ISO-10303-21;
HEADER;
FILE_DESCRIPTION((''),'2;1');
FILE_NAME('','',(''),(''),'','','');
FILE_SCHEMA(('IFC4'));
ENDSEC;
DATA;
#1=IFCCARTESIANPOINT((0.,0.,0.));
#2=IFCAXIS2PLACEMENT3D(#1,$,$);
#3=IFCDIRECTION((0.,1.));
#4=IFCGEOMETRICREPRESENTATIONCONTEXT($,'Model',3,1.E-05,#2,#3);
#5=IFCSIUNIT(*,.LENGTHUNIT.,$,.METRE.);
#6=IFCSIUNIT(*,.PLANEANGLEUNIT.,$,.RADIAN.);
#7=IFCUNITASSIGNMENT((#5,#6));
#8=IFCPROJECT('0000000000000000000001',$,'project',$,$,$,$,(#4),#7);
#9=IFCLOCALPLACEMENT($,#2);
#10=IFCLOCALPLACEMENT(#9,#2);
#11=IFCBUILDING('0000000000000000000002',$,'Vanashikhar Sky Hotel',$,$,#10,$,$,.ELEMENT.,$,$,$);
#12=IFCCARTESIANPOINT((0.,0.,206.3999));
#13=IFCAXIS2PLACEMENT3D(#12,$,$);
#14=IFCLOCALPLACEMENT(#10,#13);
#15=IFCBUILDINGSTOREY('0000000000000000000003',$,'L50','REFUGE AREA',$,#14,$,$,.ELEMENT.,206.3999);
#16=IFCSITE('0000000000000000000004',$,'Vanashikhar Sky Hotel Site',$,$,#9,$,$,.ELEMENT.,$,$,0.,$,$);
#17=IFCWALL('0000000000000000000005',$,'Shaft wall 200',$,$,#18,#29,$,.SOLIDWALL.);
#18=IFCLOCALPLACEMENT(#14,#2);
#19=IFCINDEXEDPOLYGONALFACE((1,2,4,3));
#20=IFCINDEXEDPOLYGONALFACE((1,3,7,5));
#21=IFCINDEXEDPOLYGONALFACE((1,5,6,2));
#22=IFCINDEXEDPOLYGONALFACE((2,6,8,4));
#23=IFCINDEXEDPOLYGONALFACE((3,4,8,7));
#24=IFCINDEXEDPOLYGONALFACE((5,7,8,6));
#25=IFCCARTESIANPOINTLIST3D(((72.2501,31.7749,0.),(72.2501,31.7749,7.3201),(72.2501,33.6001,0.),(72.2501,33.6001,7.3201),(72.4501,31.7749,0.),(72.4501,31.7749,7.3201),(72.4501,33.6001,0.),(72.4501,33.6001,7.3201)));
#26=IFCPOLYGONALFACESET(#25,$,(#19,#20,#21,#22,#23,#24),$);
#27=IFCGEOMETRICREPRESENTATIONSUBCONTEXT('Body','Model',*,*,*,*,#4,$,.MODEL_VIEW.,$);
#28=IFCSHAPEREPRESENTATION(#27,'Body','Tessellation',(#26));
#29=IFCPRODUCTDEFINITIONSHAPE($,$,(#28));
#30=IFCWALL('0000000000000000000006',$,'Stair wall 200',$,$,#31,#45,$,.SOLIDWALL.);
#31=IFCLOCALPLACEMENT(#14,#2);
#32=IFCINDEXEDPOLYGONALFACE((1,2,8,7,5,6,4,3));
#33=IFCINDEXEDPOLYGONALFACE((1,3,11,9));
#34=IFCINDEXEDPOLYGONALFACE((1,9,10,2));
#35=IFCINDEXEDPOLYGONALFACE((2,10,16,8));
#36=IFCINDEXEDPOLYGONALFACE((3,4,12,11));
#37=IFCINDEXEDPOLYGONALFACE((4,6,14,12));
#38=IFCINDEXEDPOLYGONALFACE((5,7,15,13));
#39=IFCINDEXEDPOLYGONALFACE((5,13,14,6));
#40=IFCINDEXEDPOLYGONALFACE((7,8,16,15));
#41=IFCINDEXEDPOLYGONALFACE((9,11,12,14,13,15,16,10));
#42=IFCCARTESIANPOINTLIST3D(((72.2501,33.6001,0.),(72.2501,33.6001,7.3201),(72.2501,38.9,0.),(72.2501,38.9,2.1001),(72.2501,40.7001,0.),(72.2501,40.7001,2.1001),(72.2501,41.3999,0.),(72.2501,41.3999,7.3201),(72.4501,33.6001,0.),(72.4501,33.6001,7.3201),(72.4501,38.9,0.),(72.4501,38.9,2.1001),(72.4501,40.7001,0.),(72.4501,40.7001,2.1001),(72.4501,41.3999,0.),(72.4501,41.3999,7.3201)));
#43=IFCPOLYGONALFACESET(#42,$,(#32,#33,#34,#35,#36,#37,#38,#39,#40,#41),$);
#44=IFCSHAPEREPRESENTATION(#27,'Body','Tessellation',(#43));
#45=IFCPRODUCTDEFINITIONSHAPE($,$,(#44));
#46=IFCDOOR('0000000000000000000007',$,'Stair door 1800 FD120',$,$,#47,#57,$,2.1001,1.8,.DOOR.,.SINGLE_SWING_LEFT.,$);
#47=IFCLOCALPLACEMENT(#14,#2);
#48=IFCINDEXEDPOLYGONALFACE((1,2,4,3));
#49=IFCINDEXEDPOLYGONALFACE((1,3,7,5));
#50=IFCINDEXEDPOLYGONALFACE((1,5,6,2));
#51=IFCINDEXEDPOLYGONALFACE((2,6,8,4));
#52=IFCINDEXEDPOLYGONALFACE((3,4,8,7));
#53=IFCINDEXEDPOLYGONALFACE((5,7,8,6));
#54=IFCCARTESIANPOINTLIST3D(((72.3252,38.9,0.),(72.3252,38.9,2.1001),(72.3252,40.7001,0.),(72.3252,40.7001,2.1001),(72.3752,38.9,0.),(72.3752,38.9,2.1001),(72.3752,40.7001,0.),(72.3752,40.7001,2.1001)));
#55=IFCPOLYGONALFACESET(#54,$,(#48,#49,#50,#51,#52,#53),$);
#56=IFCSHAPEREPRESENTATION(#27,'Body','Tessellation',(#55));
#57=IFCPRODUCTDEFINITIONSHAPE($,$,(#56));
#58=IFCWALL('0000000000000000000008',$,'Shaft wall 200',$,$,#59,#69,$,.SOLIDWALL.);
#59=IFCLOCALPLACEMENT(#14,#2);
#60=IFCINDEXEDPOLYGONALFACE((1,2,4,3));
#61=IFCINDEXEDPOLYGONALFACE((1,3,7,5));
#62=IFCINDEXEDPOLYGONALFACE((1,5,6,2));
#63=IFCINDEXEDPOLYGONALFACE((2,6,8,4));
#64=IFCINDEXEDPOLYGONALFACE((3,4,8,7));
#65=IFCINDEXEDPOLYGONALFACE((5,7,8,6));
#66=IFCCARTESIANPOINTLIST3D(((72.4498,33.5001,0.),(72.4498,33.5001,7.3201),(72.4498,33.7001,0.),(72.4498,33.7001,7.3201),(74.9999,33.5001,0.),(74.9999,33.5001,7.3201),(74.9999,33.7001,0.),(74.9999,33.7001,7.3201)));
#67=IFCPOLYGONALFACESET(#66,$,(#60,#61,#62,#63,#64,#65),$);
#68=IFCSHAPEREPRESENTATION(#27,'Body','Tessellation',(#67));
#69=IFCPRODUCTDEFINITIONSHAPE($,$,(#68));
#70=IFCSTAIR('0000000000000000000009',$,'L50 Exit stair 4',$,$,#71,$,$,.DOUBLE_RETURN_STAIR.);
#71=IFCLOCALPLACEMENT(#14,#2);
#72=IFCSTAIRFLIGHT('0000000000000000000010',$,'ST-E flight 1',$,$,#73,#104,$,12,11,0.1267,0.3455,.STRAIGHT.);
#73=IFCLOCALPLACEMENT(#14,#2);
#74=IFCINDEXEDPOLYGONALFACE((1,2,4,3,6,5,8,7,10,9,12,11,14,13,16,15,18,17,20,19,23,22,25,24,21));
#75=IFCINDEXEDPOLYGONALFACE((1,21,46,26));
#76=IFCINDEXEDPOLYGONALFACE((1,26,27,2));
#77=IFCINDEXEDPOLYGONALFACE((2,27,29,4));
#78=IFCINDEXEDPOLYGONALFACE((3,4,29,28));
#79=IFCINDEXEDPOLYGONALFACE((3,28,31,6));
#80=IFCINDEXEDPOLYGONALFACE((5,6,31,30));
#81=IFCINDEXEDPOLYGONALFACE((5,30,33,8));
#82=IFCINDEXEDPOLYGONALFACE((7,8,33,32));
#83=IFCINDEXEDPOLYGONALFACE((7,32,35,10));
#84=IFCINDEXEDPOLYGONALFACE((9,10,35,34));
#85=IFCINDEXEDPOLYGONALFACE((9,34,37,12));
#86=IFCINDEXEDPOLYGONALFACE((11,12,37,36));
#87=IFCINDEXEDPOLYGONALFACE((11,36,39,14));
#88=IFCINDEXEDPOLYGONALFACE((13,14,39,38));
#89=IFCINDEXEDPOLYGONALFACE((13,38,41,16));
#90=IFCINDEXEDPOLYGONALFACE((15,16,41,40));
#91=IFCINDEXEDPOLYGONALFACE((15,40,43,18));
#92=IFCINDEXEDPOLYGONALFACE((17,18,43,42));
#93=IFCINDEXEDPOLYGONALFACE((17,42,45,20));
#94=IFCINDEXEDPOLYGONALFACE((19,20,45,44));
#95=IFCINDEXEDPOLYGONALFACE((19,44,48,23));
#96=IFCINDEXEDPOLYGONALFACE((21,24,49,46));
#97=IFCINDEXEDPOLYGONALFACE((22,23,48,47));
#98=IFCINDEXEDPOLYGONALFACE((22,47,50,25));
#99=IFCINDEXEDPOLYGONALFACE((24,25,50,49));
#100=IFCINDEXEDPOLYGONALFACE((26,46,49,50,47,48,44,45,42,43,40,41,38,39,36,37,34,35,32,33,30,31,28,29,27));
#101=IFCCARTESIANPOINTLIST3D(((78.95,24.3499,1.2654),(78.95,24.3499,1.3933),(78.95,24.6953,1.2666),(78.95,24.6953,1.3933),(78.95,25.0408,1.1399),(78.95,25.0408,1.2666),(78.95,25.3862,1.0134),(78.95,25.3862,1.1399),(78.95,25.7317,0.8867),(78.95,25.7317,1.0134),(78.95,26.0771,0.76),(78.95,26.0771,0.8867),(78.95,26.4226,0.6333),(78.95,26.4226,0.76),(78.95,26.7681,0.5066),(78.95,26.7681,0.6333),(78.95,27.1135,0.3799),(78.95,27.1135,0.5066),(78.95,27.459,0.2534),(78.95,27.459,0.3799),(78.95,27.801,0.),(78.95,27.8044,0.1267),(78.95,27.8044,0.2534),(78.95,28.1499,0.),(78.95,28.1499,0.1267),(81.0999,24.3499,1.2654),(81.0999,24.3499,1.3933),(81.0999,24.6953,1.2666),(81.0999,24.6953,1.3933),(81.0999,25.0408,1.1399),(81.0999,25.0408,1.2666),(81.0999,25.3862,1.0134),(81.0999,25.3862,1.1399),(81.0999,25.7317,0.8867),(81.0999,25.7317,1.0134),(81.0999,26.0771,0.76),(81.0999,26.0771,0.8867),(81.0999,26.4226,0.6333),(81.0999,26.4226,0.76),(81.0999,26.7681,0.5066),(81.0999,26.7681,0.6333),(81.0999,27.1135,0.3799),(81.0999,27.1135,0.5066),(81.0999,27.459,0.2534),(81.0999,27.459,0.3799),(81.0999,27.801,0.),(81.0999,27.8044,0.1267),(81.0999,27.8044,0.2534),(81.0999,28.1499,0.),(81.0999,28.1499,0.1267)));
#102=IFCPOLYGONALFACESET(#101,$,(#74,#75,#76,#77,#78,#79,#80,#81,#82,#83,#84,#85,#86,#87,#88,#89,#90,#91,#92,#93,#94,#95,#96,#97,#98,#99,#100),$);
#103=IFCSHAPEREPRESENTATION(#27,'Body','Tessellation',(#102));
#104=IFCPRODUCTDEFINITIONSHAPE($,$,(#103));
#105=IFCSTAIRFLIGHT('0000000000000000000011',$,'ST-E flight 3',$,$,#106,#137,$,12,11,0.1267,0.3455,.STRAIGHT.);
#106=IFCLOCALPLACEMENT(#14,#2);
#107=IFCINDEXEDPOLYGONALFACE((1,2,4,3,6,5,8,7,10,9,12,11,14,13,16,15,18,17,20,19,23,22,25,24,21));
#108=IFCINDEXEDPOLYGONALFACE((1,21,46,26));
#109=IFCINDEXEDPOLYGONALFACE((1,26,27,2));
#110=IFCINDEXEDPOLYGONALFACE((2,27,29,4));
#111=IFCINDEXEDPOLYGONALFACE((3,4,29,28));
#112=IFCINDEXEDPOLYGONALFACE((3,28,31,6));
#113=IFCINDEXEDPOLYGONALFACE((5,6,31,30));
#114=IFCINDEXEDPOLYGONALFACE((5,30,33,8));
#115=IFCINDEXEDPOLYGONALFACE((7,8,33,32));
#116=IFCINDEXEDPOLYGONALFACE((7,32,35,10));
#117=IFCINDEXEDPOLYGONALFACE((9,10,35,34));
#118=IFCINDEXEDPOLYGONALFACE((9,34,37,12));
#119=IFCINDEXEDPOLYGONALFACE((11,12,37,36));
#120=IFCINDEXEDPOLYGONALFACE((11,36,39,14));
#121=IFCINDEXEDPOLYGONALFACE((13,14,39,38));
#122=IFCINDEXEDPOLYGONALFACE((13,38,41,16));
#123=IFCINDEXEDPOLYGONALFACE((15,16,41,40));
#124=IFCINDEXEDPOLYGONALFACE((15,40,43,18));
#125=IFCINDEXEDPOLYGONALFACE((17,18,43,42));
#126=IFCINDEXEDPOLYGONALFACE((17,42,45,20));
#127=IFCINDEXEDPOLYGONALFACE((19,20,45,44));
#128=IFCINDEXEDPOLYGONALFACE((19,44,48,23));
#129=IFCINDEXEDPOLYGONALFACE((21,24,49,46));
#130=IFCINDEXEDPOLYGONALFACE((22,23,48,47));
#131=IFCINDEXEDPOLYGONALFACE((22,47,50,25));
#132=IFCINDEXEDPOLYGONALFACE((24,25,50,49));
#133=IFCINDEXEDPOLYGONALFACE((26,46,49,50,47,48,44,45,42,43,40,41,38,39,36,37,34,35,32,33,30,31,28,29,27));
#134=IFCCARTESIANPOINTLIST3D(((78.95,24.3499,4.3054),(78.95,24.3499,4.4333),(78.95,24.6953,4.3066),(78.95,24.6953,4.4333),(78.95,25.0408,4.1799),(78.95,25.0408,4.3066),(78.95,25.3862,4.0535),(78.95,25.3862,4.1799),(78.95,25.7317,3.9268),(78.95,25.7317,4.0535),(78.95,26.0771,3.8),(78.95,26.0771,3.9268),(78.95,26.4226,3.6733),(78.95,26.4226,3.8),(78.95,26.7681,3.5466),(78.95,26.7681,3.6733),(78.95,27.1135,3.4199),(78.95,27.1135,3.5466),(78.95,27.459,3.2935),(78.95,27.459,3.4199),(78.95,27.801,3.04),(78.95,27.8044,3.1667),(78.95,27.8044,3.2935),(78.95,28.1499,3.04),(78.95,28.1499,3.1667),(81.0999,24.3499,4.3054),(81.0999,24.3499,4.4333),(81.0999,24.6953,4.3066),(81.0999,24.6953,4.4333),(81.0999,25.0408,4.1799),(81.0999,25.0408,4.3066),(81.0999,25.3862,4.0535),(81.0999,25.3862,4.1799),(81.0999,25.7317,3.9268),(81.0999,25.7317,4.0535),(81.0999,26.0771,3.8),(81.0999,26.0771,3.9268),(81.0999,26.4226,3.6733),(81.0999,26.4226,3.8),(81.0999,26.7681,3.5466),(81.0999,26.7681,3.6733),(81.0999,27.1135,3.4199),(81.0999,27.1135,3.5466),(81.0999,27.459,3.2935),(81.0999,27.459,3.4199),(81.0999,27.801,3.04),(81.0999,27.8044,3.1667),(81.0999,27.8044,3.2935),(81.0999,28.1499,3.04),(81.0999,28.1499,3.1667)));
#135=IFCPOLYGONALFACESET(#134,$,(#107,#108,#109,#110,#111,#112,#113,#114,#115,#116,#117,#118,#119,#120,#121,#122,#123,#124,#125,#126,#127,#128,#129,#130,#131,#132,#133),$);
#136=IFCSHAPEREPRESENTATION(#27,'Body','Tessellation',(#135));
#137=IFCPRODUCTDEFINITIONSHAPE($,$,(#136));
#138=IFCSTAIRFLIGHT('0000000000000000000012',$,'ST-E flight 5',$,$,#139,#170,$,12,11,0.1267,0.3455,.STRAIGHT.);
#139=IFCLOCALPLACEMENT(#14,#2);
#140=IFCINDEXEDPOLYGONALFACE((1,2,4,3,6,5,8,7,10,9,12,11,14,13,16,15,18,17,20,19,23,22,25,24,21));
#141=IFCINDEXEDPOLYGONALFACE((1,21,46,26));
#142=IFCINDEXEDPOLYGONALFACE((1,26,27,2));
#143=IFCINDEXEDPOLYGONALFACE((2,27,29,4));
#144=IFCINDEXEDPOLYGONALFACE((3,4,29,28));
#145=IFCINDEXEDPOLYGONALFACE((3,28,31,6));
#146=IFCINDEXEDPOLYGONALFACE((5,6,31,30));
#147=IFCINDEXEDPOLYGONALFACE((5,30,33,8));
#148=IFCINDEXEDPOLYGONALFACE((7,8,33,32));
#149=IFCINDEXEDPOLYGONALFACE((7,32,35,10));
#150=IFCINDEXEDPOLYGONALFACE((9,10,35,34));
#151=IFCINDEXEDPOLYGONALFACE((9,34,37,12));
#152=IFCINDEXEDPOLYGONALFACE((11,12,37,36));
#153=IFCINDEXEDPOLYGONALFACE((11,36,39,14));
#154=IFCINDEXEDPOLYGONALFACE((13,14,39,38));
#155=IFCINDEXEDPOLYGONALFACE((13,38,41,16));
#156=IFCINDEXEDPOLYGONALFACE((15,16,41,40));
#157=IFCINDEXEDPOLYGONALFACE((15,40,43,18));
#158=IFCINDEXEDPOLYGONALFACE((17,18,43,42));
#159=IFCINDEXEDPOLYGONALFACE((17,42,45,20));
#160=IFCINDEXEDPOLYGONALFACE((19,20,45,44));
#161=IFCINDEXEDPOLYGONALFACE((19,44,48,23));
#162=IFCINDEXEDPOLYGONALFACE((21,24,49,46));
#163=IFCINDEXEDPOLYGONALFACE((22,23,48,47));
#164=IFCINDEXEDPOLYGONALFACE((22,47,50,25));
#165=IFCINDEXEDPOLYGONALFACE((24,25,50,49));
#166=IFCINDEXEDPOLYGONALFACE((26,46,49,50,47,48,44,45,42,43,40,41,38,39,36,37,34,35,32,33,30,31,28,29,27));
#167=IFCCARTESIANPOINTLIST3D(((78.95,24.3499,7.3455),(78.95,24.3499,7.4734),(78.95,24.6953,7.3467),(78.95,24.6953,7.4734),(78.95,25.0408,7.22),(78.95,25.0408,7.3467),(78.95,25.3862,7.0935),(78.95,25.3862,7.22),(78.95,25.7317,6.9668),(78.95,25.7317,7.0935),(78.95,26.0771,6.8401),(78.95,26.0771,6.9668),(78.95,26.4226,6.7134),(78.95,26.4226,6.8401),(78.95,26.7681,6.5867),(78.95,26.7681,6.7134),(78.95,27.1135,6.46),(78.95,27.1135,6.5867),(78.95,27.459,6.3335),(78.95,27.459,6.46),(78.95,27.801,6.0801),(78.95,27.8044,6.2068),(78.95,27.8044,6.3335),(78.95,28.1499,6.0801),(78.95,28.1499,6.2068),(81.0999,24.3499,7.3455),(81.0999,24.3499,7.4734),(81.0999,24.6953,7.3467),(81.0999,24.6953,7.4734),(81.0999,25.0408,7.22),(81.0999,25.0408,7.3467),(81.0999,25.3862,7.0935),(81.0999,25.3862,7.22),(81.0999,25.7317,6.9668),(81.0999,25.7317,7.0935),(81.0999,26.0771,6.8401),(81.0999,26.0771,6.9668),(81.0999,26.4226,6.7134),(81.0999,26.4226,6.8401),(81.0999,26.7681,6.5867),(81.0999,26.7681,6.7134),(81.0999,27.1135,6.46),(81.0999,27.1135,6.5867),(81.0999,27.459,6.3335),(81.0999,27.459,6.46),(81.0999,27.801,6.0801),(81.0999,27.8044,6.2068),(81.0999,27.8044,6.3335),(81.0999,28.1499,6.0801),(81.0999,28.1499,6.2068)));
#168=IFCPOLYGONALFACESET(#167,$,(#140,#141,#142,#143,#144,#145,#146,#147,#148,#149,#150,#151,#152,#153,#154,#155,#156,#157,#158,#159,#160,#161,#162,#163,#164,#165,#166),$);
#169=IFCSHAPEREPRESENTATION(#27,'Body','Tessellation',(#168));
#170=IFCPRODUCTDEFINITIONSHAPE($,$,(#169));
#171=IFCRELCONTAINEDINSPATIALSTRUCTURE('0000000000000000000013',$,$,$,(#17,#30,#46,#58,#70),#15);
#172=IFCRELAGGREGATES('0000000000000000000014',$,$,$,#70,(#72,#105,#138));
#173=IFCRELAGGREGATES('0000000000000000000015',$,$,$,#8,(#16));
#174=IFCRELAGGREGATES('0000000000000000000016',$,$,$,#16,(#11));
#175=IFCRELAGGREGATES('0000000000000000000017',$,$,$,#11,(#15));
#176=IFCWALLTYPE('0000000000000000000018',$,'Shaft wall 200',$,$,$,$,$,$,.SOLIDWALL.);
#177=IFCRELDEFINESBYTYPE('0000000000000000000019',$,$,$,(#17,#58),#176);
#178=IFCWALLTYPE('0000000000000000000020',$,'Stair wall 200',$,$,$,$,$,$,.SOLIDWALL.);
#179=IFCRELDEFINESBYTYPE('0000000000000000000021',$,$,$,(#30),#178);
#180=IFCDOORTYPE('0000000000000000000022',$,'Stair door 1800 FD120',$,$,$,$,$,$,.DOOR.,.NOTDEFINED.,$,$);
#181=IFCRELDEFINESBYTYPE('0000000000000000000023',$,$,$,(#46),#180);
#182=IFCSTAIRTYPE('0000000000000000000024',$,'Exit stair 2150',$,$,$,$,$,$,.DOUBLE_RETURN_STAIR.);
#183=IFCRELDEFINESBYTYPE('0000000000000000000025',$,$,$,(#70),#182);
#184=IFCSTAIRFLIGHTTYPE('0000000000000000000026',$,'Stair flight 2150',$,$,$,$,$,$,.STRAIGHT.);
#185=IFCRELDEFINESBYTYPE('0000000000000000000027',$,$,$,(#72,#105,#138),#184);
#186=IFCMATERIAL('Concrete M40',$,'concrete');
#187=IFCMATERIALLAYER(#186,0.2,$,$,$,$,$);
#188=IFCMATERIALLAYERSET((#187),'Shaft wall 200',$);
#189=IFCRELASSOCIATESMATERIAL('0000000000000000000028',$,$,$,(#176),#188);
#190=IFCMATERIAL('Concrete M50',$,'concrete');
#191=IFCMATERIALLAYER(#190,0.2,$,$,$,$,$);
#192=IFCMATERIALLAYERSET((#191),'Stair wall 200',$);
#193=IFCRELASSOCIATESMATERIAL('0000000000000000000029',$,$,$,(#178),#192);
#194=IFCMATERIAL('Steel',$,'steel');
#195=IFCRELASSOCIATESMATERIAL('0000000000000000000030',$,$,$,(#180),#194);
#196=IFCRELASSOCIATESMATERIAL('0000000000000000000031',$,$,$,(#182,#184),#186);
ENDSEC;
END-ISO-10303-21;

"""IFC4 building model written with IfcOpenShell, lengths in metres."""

from ifc_helpers import new_model, si_unit, direction, frame, frame_2d, origin, place, context, subcontext, project, spatial, polyline, rectangle, outline, extrude, source, transform, mapped, material, layer, layer_set, type_object, element, fill, aggregate, save


model = new_model("IFC4")

# Units and contexts
model_context = context("Model", 3, precision=1e-05, world=origin(), true_north=direction((0.0, 1.0)))
body_context = subcontext(model_context, "Body", "Model", "MODEL_VIEW")
ifc_project = project(units=[si_unit("LENGTHUNIT", "METRE"), si_unit("PLANEANGLEUNIT", "RADIAN")], contexts=[model_context])

# Site, building, storey
site_placement = place(None, origin())
site = spatial("IfcSite", under=ifc_project, at=site_placement, Name="Vanashikhar Sky Hotel Site", CompositionType="ELEMENT", RefElevation=0.0)
building_placement = place(site_placement, origin())
building = spatial("IfcBuilding", under=site, at=building_placement, Name="Vanashikhar Sky Hotel", CompositionType="ELEMENT")
storey_placement = place(building_placement, frame((0.0, 0.0, 206.3999)))
storey = spatial("IfcBuildingStorey", under=building, at=storey_placement, Name="L50", Description="REFUGE AREA", CompositionType="ELEMENT", Elevation=206.3999)

# Wall
ifc_material_1 = material(Name="Concrete M40", Category="concrete")
ifc_layer_1 = layer(ifc_material_1, 0.2)
ifc_layer_set_1 = layer_set([ifc_layer_1], Name="Shaft wall 200")
wall_type_1 = type_object("IfcWallType", Name="Shaft wall 200", PredefinedType="SOLIDWALL", material=ifc_layer_set_1)
shared_shape_1 = source(origin(), body_context, "Body", "SweptSolid", [
    extrude(rectangle(XDim=1.8252, YDim=0.2, at=frame_2d((0.9126, 0.0))), origin(), (0.0, 0.0, 1.0), 7.3201),
])
wall_1_placement = place(storey_placement, frame((72.3501, 31.7749, 0.0), z_axis=(0.0, 0.0, 1.0), x_axis=(0.0, 1.0, 0.0)))
element("IfcWall", 1, at=wall_1_placement, inside=storey, type_object=wall_type_1, Name="Shaft wall 200", PredefinedType="SOLIDWALL", context=body_context, shape_type="MappedRepresentation", body=[
    mapped(shared_shape_1, transform((0.0, 0.0, 0.0), scale=1.0)),
])

# Wall, opening, door
ifc_material_2 = material(Name="Concrete M50", Category="concrete")
ifc_layer_2 = layer(ifc_material_2, 0.2)
ifc_layer_set_2 = layer_set([ifc_layer_2], Name="Stair wall 200")
wall_type_2 = type_object("IfcWallType", Name="Stair wall 200", PredefinedType="SOLIDWALL", material=ifc_layer_set_2)
shared_shape_2 = source(origin(), body_context, "Body", "SweptSolid", [
    extrude(rectangle(XDim=7.7998, YDim=0.2, at=frame_2d((3.8999, 0.0))), origin(), (0.0, 0.0, 1.0), 7.3201),
])
wall_2_placement = place(storey_placement, frame((72.3501, 33.6001, 0.0), z_axis=(0.0, 0.0, 1.0), x_axis=(0.0, 1.0, 0.0)))
wall_2 = element("IfcWall", 2, at=wall_2_placement, inside=storey, type_object=wall_type_2, Name="Stair wall 200", PredefinedType="SOLIDWALL", context=body_context, shape_type="MappedRepresentation", body=[
    mapped(shared_shape_2, transform((0.0, 0.0, 0.0), scale=1.0)),
])
shared_shape_3 = source(origin(), body_context, "Body", "SweptSolid", [
    extrude(rectangle(XDim=1.8, YDim=2.1001, at=frame_2d((0.8999, 1.05))), frame((0.0, 0.1099, 0.0), z_axis=(0.0, -1.0, 0.0), x_axis=(1.0, 0.0, 0.0)), (0.0, 0.0, 1.0), 0.22),
])
opening_placement = place(wall_2_placement, frame((5.3, 0.0, 0.0)))
opening = element("IfcOpeningElement", 3, at=opening_placement, cuts=wall_2, PredefinedType="OPENING", context=body_context, shape_type="MappedRepresentation", body=[
    mapped(shared_shape_3, transform((0.0, 0.0, 0.0), scale=1.0)),
])
ifc_material_3 = material(Name="Steel", Category="steel")
door_type = type_object("IfcDoorType", Name="Stair door 1800 FD120", OperationType="NOTDEFINED", PredefinedType="DOOR", material=ifc_material_3)
shared_shape_4 = source(origin(), body_context, "Body", "SweptSolid", [
    extrude(rectangle(XDim=1.8, YDim=2.1001, at=frame_2d((0.8999, 1.05))), frame((0.0, 0.0249, 0.0), z_axis=(0.0, -1.0, 0.0), x_axis=(1.0, 0.0, 0.0)), (0.0, 0.0, 1.0), 0.05),
])
door_placement = place(opening_placement, origin())
door = element("IfcDoor", 4, at=door_placement, inside=storey, type_object=door_type, Name="Stair door 1800 FD120", OperationType="SINGLE_SWING_LEFT", OverallHeight=2.1001, OverallWidth=1.8, PredefinedType="DOOR", context=body_context, shape_type="MappedRepresentation", body=[
    mapped(shared_shape_4, transform((0.0, 0.0, 0.0), scale=1.0)),
])
fill(opening, door)

# Wall
shared_shape_5 = source(origin(), body_context, "Body", "SweptSolid", [
    extrude(rectangle(XDim=2.55, YDim=0.2, at=frame_2d((1.2749, 0.0))), origin(), (0.0, 0.0, 1.0), 7.3201),
])
wall_3_placement = place(storey_placement, frame((72.45, 33.6001, 0.0), z_axis=(0.0, 0.0, 1.0), x_axis=(1.0, 0.0, 0.0)))
element("IfcWall", 5, at=wall_3_placement, inside=storey, type_object=wall_type_1, Name="Shaft wall 200", PredefinedType="SOLIDWALL", context=body_context, shape_type="MappedRepresentation", body=[
    mapped(shared_shape_5, transform((0.0, 0.0, 0.0), scale=1.0)),
])

# Stair, stair flights
stair_type = type_object("IfcStairType", Name="Exit stair 2150", PredefinedType="DOUBLE_RETURN_STAIR", material=ifc_material_1)
stair_1_placement = place(storey_placement, origin())
stair_1 = element("IfcStair", 6, at=stair_1_placement, inside=storey, type_object=stair_type, Name="L50 Exit stair 4", PredefinedType="DOUBLE_RETURN_STAIR")
stair_flight_type = type_object("IfcStairFlightType", Name="Stair flight 2150", PredefinedType="STRAIGHT", material=ifc_material_1)
shared_shape_6 = source(origin(), body_context, "Body", "SweptSolid", [
    extrude(outline(polyline([(0.0, 0.0), (0.0, 0.1267), (0.3455, 0.1267), (0.3455, 0.2534), (0.6909, 0.2534), (0.6909, 0.3799), (1.0364, 0.3799), (1.0364, 0.5066), (1.3818, 0.5066), (1.3818, 0.6333), (1.7273, 0.6333), (1.7273, 0.76), (2.0728, 0.76), (2.0728, 0.8867), (2.4182, 0.8867), (2.4182, 1.0134), (2.7637, 1.0134), (2.7637, 1.1399), (3.1091, 1.1399), (3.1091, 1.2666), (3.4546, 1.2666), (3.4546, 1.3933), (3.8, 1.3933), (3.8, 1.52), (3.8, 1.2654), (0.3489, 0.0), (0.0, 0.0)])), frame((0.0, 1.075, 0.0), z_axis=(0.0, -1.0, 0.0), x_axis=(1.0, 0.0, 0.0)), (0.0, 0.0, 1.0), 2.1499),
])
stair_flight_1_placement = place(storey_placement, frame((80.0249, 28.1499, 0.0), z_axis=(0.0, 0.0, 1.0), x_axis=(0.0, -1.0, 0.0)))
stair_flight_1 = element("IfcStairFlight", 7, at=stair_flight_1_placement, type_object=stair_flight_type, Name="ST-E flight 1", NumberOfRisers=12, NumberOfTreads=11, PredefinedType="STRAIGHT", RiserHeight=0.1267, TreadLength=0.3455, context=body_context, shape_type="MappedRepresentation", body=[
    mapped(shared_shape_6, transform((0.0, 0.0, 0.0), scale=1.0)),
])
stair_flight_2_placement = place(storey_placement, frame((80.0249, 28.1499, 3.04), z_axis=(0.0, 0.0, 1.0), x_axis=(0.0, -1.0, 0.0)))
stair_flight_2 = element("IfcStairFlight", 8, at=stair_flight_2_placement, type_object=stair_flight_type, Name="ST-E flight 3", NumberOfRisers=12, NumberOfTreads=11, PredefinedType="STRAIGHT", RiserHeight=0.1267, TreadLength=0.3455, context=body_context, shape_type="MappedRepresentation", body=[
    mapped(shared_shape_6, transform((0.0, 0.0, 0.0), scale=1.0)),
])
stair_flight_3_placement = place(storey_placement, frame((80.0249, 28.1499, 6.0801), z_axis=(0.0, 0.0, 1.0), x_axis=(0.0, -1.0, 0.0)))
stair_flight_3 = element("IfcStairFlight", 9, at=stair_flight_3_placement, type_object=stair_flight_type, Name="ST-E flight 5", NumberOfRisers=12, NumberOfTreads=11, PredefinedType="STRAIGHT", RiserHeight=0.1267, TreadLength=0.3455, context=body_context, shape_type="MappedRepresentation", body=[
    mapped(shared_shape_6, transform((0.0, 0.0, 0.0), scale=1.0)),
])
aggregate(stair_1, [stair_flight_1, stair_flight_2, stair_flight_3])

save(model, "model.ifc")
